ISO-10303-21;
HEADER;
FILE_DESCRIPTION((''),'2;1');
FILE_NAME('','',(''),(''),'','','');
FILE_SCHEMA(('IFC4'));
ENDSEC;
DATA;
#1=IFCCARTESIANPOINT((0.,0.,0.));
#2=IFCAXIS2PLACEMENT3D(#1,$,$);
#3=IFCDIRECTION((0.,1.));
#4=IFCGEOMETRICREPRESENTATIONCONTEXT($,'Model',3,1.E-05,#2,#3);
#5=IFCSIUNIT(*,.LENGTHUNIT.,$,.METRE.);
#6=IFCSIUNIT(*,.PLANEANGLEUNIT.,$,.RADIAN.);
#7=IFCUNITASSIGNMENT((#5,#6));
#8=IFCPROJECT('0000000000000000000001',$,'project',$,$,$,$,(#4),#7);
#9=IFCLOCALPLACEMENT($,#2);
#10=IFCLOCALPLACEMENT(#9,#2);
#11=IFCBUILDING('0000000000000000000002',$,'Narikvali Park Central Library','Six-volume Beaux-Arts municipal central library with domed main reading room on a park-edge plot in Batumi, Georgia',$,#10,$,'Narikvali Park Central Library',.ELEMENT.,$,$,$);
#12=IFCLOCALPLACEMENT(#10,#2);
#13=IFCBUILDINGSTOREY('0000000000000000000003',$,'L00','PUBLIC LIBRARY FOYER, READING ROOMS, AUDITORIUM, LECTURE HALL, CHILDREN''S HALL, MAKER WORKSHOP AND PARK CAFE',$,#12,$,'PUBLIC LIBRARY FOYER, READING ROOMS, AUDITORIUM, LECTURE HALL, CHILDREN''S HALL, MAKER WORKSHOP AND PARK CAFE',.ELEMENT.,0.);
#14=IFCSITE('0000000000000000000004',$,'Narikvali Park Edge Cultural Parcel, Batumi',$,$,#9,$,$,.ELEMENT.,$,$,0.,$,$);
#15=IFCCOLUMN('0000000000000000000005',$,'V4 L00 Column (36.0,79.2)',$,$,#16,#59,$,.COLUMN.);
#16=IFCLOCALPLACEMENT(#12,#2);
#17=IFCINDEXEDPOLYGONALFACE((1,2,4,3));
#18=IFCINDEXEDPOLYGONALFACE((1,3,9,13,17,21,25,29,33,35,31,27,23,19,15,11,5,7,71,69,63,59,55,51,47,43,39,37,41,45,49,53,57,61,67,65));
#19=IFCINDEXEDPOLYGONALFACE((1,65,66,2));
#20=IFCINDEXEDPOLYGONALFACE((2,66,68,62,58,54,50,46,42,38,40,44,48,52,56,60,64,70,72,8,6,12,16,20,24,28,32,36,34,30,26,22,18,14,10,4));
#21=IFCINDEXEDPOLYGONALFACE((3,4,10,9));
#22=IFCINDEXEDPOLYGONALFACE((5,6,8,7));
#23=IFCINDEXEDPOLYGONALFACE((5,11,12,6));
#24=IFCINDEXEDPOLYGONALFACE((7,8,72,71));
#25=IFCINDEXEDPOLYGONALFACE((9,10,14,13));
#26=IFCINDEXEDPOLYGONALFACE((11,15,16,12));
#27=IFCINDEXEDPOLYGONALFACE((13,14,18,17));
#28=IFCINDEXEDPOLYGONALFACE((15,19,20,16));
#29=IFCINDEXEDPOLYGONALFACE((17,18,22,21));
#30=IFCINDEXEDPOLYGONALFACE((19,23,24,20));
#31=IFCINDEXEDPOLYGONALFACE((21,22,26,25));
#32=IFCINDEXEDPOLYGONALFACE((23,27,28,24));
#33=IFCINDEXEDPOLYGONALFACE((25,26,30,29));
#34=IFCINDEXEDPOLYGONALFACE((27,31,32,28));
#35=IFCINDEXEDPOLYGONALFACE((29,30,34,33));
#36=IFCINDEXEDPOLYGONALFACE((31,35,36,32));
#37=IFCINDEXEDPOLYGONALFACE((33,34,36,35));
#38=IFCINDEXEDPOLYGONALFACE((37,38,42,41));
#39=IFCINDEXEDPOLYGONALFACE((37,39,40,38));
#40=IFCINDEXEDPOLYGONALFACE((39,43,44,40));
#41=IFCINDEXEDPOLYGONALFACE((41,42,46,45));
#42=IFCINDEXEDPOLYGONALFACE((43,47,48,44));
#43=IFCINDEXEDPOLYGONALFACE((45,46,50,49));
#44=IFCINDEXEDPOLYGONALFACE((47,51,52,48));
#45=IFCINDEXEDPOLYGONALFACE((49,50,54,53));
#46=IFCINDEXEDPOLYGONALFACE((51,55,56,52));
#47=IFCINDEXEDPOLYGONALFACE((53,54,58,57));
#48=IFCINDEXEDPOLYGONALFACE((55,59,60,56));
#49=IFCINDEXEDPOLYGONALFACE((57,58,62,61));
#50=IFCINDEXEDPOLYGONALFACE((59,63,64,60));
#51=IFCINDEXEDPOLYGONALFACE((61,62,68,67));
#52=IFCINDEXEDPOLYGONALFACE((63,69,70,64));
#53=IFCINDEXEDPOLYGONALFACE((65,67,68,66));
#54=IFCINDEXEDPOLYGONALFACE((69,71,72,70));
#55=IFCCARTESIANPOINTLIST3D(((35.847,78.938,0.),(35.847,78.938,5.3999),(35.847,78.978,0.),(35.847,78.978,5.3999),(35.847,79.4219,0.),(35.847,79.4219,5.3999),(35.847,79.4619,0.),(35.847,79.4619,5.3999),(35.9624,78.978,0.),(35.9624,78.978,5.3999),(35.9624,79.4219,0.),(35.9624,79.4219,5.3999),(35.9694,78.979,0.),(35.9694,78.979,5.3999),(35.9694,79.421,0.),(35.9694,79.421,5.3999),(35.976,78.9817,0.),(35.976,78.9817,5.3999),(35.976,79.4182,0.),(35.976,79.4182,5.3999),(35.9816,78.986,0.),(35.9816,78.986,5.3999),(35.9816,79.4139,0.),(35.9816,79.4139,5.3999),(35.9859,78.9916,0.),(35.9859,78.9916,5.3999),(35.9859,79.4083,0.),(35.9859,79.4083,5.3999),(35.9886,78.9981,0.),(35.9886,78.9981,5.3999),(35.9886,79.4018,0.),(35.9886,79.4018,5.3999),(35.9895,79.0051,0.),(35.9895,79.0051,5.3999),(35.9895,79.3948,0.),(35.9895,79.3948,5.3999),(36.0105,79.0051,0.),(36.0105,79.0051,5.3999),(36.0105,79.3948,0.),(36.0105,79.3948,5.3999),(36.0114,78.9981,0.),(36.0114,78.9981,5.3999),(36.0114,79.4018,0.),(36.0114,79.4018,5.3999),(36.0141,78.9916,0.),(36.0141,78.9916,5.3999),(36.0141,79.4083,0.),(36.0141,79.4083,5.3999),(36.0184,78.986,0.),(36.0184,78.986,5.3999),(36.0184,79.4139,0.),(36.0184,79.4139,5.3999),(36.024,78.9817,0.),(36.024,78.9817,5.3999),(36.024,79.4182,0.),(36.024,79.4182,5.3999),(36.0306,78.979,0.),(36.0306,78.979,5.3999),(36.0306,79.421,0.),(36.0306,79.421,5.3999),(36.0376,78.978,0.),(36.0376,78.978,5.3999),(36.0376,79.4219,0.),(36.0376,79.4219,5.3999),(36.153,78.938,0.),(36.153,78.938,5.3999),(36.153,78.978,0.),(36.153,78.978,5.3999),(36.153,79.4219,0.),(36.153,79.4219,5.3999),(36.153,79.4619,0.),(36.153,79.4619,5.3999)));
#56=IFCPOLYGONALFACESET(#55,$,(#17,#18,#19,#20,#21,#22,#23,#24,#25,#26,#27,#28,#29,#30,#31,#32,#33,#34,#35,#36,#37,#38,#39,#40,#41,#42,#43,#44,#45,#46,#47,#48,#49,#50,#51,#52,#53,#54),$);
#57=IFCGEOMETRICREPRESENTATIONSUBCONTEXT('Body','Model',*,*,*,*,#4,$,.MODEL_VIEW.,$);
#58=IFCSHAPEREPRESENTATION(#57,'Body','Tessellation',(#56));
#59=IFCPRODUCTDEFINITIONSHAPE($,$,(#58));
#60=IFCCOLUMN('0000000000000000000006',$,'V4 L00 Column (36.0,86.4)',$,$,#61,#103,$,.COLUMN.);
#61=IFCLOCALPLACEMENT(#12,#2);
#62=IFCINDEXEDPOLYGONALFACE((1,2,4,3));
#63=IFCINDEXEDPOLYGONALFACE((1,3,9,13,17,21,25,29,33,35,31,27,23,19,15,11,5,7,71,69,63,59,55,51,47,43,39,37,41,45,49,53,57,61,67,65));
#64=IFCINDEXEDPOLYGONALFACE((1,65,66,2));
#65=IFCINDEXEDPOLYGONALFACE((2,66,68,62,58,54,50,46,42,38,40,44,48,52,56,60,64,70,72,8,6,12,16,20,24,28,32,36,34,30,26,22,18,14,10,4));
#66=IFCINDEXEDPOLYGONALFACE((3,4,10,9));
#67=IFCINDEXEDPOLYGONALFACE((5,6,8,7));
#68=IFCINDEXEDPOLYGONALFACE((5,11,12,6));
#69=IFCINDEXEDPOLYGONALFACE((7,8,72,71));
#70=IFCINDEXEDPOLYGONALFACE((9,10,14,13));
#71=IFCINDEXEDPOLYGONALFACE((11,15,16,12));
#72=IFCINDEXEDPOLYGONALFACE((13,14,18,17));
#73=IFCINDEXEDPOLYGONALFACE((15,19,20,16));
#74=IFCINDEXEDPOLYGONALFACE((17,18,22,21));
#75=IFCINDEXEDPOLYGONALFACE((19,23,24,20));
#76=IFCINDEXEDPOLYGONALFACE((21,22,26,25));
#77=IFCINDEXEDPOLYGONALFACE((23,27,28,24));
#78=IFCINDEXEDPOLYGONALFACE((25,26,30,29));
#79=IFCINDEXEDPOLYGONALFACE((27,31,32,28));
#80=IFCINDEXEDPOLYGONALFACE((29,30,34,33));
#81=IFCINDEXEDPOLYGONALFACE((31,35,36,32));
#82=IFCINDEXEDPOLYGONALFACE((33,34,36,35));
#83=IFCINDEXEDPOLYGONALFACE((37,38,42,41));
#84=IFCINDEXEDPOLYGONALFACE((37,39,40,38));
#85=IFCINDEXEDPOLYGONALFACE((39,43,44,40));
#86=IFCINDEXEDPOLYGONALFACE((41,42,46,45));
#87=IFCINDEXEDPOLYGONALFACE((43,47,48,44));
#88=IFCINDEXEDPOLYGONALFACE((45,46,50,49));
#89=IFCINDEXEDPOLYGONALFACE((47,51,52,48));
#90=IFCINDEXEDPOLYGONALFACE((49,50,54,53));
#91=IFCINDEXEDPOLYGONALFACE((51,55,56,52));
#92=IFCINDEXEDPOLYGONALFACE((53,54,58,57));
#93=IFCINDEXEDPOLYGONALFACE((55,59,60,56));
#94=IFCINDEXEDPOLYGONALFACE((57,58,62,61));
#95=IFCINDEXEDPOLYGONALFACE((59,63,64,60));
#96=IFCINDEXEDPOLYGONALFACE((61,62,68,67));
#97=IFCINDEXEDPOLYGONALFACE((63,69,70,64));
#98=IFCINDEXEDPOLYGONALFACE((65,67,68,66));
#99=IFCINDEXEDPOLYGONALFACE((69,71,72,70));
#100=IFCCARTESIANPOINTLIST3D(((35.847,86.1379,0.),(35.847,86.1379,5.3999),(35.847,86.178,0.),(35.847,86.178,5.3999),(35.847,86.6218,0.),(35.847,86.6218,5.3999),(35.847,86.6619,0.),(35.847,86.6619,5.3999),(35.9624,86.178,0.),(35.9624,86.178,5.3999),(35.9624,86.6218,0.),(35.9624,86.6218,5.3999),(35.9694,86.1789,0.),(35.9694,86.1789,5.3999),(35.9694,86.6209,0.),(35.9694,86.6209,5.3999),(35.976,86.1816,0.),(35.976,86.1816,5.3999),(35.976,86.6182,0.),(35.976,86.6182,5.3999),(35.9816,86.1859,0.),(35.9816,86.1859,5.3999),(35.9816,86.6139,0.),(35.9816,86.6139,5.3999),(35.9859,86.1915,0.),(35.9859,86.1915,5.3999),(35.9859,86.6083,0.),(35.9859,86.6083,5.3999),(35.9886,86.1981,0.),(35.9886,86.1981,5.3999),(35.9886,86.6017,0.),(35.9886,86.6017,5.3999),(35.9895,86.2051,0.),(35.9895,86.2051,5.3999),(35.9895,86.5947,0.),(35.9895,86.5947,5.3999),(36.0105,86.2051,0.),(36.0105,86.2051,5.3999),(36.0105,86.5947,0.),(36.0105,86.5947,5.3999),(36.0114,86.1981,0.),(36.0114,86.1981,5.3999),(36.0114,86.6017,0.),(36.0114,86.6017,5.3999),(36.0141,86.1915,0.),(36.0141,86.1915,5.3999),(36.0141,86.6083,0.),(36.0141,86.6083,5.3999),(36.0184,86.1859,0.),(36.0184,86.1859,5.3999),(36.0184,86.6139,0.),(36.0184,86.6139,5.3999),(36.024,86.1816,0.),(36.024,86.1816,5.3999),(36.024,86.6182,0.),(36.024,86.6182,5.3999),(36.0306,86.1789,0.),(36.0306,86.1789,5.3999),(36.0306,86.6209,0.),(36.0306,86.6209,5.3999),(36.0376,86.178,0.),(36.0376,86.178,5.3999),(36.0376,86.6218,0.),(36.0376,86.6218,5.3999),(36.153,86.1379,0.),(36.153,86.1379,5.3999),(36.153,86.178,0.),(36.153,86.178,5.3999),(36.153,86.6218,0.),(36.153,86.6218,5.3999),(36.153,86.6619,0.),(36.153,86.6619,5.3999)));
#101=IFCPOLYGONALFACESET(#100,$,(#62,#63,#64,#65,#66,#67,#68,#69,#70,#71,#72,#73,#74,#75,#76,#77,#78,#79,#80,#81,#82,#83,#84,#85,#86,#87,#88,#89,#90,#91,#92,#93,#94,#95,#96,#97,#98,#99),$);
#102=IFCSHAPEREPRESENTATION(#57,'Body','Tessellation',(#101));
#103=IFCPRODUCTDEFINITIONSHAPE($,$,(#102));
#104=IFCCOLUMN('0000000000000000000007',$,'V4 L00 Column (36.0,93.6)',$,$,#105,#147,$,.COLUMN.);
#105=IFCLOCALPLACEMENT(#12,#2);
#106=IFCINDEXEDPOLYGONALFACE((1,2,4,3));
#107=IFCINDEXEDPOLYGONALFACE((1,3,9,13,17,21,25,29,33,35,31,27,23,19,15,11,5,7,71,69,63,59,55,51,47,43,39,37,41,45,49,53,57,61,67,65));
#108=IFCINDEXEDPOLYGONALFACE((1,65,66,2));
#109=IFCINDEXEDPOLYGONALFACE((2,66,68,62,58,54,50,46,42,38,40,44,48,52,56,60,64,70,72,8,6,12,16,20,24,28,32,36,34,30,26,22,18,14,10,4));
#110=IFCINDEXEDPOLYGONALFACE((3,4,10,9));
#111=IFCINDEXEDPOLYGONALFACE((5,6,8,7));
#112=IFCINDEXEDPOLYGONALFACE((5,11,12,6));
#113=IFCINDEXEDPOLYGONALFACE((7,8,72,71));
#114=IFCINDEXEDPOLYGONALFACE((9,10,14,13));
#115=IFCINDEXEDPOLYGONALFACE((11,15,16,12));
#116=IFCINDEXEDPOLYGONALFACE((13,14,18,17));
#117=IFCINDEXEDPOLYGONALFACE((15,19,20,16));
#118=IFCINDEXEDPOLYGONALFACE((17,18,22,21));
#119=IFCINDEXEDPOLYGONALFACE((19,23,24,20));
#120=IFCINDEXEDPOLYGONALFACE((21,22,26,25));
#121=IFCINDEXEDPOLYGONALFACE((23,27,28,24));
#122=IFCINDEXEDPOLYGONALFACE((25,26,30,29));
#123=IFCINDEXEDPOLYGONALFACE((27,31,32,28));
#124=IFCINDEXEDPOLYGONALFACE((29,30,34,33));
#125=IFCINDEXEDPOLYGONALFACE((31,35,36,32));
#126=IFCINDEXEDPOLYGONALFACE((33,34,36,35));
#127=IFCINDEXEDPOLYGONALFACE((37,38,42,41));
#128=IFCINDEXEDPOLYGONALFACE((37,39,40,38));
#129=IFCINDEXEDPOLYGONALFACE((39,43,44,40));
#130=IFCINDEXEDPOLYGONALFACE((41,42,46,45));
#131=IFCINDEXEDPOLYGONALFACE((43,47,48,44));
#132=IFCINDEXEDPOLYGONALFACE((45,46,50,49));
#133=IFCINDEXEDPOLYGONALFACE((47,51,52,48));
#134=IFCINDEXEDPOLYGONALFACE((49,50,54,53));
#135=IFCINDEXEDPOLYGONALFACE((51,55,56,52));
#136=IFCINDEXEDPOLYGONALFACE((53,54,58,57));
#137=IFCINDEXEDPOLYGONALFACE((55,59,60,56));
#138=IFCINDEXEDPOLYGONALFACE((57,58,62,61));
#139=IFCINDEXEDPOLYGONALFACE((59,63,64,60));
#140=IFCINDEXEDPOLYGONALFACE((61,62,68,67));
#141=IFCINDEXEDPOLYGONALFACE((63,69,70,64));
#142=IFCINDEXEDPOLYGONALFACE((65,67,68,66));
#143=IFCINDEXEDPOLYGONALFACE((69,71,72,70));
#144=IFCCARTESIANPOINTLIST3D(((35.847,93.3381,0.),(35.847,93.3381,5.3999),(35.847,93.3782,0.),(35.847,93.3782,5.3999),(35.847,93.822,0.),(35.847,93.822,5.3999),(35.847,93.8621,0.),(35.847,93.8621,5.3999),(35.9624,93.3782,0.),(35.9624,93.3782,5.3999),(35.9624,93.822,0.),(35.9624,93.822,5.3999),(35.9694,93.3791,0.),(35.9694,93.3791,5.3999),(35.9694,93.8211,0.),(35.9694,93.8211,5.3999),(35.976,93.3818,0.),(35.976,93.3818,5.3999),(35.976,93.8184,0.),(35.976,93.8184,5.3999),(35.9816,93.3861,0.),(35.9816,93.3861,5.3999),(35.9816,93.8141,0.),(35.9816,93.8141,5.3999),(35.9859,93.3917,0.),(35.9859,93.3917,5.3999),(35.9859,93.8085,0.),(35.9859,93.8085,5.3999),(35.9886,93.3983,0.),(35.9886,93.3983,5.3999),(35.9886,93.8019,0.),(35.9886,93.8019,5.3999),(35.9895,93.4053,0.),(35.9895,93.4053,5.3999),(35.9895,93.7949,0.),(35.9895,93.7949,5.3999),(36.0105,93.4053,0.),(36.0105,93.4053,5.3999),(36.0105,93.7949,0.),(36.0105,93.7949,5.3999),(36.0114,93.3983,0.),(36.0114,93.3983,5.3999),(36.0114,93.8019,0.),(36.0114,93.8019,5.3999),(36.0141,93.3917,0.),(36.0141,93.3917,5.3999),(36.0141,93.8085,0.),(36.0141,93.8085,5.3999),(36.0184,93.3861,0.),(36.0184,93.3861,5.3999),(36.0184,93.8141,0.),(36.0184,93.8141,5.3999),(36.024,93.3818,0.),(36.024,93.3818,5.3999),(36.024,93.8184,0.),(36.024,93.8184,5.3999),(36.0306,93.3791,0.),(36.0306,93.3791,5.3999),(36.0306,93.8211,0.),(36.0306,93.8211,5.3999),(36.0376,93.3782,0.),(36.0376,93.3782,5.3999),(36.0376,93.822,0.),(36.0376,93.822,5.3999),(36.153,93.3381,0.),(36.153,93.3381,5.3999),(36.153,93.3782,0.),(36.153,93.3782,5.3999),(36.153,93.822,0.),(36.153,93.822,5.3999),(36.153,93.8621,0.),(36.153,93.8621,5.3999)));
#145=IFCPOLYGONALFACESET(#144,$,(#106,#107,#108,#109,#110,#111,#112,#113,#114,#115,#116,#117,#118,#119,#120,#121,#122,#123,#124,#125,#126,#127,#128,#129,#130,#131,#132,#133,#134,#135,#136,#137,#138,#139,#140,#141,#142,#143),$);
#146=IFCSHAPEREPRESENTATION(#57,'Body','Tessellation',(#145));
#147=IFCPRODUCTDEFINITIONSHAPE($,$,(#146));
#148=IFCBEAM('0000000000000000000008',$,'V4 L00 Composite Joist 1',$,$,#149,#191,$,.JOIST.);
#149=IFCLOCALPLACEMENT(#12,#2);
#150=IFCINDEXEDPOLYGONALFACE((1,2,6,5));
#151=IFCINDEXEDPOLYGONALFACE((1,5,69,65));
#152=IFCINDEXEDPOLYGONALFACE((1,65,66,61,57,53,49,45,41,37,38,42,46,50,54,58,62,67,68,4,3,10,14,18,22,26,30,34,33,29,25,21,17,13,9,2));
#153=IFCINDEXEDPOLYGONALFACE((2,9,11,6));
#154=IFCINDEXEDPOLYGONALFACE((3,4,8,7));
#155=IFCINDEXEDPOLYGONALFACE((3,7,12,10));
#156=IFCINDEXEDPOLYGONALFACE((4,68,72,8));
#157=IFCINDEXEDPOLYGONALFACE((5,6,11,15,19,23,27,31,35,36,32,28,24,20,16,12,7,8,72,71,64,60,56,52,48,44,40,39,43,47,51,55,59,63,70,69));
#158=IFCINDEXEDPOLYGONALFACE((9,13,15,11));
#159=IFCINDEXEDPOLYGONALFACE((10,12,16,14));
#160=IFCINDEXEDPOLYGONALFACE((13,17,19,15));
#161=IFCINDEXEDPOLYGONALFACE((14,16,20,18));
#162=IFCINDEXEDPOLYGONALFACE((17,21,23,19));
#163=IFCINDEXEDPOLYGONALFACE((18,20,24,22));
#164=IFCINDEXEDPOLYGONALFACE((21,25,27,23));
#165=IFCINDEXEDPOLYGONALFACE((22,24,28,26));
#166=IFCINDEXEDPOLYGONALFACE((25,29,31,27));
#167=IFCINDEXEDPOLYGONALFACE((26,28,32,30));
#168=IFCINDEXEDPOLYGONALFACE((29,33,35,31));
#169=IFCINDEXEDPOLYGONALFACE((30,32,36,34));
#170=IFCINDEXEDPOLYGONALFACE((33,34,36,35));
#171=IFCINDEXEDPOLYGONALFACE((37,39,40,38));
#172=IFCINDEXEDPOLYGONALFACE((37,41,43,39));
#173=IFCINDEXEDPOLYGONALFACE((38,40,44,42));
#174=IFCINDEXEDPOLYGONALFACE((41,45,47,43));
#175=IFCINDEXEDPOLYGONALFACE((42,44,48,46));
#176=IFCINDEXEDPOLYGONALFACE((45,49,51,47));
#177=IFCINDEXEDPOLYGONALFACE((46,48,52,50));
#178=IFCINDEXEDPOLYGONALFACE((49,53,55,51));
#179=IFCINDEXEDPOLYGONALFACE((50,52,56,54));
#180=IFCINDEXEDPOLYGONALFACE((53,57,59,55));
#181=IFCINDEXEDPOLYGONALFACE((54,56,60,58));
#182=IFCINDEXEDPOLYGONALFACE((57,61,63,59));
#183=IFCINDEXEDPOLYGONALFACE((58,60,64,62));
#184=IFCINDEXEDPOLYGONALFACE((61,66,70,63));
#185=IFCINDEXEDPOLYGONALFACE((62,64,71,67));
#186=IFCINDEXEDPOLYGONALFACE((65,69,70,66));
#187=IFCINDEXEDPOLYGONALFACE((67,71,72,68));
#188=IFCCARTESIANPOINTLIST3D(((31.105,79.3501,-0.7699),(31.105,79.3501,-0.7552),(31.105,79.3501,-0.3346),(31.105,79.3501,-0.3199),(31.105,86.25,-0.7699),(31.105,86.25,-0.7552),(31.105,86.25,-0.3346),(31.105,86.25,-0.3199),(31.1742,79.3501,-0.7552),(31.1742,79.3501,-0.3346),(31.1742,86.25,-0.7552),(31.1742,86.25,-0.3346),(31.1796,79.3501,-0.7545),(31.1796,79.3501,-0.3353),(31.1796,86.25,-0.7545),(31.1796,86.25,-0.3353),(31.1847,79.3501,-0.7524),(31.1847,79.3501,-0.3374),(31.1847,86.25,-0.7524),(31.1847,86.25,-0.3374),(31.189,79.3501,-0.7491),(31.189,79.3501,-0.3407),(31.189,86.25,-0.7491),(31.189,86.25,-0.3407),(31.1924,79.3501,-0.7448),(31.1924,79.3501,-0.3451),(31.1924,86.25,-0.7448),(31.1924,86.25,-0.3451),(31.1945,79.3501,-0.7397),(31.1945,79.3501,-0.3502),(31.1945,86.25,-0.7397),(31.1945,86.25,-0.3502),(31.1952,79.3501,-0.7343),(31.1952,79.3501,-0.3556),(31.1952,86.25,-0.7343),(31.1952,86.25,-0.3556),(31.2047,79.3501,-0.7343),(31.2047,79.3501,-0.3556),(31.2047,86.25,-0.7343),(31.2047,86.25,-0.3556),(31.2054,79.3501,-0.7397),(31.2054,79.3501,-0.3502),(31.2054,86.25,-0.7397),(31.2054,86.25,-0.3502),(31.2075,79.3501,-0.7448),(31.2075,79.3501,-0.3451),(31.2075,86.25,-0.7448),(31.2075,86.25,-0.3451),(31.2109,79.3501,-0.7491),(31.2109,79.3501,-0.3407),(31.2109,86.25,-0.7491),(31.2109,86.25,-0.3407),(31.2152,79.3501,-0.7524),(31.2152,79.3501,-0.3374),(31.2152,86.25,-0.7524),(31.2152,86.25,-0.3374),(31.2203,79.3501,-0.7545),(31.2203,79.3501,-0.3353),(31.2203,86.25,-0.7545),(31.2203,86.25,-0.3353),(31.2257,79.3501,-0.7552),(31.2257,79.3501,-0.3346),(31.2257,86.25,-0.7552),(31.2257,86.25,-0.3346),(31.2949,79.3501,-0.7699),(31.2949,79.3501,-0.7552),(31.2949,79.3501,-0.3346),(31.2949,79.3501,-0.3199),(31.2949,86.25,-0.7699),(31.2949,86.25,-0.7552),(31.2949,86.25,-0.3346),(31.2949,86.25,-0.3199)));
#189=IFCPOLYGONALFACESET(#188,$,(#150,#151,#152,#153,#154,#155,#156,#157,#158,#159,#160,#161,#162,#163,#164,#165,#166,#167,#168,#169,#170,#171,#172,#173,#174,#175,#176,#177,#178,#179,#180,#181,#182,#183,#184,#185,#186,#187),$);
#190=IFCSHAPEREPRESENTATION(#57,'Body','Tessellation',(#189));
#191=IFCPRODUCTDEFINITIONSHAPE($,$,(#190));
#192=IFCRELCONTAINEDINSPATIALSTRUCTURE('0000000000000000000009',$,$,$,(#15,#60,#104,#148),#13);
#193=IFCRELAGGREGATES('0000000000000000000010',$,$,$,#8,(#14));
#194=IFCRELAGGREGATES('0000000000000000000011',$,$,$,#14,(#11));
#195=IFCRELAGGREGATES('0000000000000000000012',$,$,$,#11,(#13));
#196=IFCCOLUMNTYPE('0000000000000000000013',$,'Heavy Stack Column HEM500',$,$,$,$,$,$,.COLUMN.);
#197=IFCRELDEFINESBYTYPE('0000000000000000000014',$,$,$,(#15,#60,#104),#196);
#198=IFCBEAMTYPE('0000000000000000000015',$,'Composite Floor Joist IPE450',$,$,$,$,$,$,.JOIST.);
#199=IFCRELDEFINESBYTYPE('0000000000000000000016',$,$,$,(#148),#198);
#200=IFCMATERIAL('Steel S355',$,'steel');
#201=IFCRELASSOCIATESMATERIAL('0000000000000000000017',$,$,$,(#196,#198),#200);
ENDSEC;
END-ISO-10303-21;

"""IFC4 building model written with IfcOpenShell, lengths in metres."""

from ifc_helpers import new_model, si_unit, direction, frame, origin, origin_2d, place, context, subcontext, project, spatial, i_section, extrude, material, material_profile, profile_set, type_object, element, save


model = new_model("IFC4")

# Units and contexts
model_context = context("Model", 3, precision=1e-05, world=origin(), true_north=direction((0.0, 1.0)))
body_context = subcontext(model_context, "Body", "Model", "MODEL_VIEW")
ifc_project = project(units=[si_unit("LENGTHUNIT", "METRE"), si_unit("PLANEANGLEUNIT", "RADIAN")], contexts=[model_context])

# Site, building, storey
site_placement = place(None, origin())
site = spatial("IfcSite", under=ifc_project, at=site_placement, Name="Narikvali Park Edge Cultural Parcel, Batumi", CompositionType="ELEMENT", RefElevation=0.0)
building_placement = place(site_placement, origin())
building = spatial("IfcBuilding", under=site, at=building_placement, Name="Narikvali Park Central Library", Description="Six-volume Beaux-Arts municipal central library with domed main reading room on a park-edge plot in Batumi, Georgia", LongName="Narikvali Park Central Library", CompositionType="ELEMENT")
storey_placement = place(building_placement, origin())
storey = spatial("IfcBuildingStorey", under=building, at=storey_placement, Name="L00", Description="PUBLIC LIBRARY FOYER, READING ROOMS, AUDITORIUM, LECTURE HALL, CHILDREN'S HALL, MAKER WORKSHOP AND PARK CAFE", LongName="PUBLIC LIBRARY FOYER, READING ROOMS, AUDITORIUM, LECTURE HALL, CHILDREN'S HALL, MAKER WORKSHOP AND PARK CAFE", CompositionType="ELEMENT", Elevation=0.0)

# Columns
ifc_material_1 = material(Name="Steel S355", Category="steel")
ifc_material_profile_1 = material_profile(ifc_material_1, i_section(OverallWidth=0.3059, OverallDepth=0.5239, WebThickness=0.021, FlangeThickness=0.04, FilletRadius=0.0271, at=origin_2d()), Name="HEM 500")
ifc_profile_set_1 = profile_set([ifc_material_profile_1], Name="Steel S355")
column_type = type_object("IfcColumnType", Name="Heavy Stack Column HEM500", PredefinedType="COLUMN", material=ifc_profile_set_1)
for number, where, z_axis, x_axis, name in (
    (1, (36.0, 79.2, 0.0), (0.0, 0.0, 1.0), (1.0, 0.0, 0.0), "V4 L00 Column (36.0,79.2)"),
    (2, (36.0, 86.3999, 0.0), (0.0, 0.0, 1.0), (1.0, 0.0, 0.0), "V4 L00 Column (36.0,86.4)"),
    (3, (36.0, 93.6001, 0.0), (0.0, 0.0, 1.0), (1.0, 0.0, 0.0), "V4 L00 Column (36.0,93.6)"),
):
    element("IfcColumn", number, at=place(storey_placement, frame(where, z_axis=z_axis, x_axis=x_axis)), inside=storey, type_object=column_type, Name=name, PredefinedType="COLUMN", context=body_context, shape_type="SweptSolid", body=[
        extrude(i_section(OverallWidth=0.3059, OverallDepth=0.5239, WebThickness=0.021, FlangeThickness=0.04, FilletRadius=0.0271, at=origin_2d()), origin(), (0.0, 0.0, 1.0), 5.3999),
    ])

# Beam
ifc_material_profile_2 = material_profile(ifc_material_1, i_section(OverallWidth=0.1899, OverallDepth=0.45, WebThickness=0.0095, FlangeThickness=0.0146, FilletRadius=0.021, at=origin_2d()), Name="IPE 450")
ifc_profile_set_2 = profile_set([ifc_material_profile_2], Name="Steel S355")
beam_type_1 = type_object("IfcBeamType", Name="Composite Floor Joist IPE450", PredefinedType="JOIST", material=ifc_profile_set_2)
for number, where, z_axis, x_axis, name in (
    (4, (31.2, 79.3501, -0.5449), (0.0, 1.0, 0.0), (-1.0, 0.0, 0.0), "V4 L00 Composite Joist 1"),
):
    element("IfcBeam", number, at=place(storey_placement, frame(where, z_axis=z_axis, x_axis=x_axis)), inside=storey, type_object=beam_type_1, Name=name, PredefinedType="JOIST", context=body_context, shape_type="SweptSolid", body=[
        extrude(i_section(OverallWidth=0.1899, OverallDepth=0.45, WebThickness=0.0095, FlangeThickness=0.0146, FilletRadius=0.021, at=origin_2d()), origin(), (0.0, 0.0, 1.0), 6.8999),
    ])

save(model, "model.ifc")
